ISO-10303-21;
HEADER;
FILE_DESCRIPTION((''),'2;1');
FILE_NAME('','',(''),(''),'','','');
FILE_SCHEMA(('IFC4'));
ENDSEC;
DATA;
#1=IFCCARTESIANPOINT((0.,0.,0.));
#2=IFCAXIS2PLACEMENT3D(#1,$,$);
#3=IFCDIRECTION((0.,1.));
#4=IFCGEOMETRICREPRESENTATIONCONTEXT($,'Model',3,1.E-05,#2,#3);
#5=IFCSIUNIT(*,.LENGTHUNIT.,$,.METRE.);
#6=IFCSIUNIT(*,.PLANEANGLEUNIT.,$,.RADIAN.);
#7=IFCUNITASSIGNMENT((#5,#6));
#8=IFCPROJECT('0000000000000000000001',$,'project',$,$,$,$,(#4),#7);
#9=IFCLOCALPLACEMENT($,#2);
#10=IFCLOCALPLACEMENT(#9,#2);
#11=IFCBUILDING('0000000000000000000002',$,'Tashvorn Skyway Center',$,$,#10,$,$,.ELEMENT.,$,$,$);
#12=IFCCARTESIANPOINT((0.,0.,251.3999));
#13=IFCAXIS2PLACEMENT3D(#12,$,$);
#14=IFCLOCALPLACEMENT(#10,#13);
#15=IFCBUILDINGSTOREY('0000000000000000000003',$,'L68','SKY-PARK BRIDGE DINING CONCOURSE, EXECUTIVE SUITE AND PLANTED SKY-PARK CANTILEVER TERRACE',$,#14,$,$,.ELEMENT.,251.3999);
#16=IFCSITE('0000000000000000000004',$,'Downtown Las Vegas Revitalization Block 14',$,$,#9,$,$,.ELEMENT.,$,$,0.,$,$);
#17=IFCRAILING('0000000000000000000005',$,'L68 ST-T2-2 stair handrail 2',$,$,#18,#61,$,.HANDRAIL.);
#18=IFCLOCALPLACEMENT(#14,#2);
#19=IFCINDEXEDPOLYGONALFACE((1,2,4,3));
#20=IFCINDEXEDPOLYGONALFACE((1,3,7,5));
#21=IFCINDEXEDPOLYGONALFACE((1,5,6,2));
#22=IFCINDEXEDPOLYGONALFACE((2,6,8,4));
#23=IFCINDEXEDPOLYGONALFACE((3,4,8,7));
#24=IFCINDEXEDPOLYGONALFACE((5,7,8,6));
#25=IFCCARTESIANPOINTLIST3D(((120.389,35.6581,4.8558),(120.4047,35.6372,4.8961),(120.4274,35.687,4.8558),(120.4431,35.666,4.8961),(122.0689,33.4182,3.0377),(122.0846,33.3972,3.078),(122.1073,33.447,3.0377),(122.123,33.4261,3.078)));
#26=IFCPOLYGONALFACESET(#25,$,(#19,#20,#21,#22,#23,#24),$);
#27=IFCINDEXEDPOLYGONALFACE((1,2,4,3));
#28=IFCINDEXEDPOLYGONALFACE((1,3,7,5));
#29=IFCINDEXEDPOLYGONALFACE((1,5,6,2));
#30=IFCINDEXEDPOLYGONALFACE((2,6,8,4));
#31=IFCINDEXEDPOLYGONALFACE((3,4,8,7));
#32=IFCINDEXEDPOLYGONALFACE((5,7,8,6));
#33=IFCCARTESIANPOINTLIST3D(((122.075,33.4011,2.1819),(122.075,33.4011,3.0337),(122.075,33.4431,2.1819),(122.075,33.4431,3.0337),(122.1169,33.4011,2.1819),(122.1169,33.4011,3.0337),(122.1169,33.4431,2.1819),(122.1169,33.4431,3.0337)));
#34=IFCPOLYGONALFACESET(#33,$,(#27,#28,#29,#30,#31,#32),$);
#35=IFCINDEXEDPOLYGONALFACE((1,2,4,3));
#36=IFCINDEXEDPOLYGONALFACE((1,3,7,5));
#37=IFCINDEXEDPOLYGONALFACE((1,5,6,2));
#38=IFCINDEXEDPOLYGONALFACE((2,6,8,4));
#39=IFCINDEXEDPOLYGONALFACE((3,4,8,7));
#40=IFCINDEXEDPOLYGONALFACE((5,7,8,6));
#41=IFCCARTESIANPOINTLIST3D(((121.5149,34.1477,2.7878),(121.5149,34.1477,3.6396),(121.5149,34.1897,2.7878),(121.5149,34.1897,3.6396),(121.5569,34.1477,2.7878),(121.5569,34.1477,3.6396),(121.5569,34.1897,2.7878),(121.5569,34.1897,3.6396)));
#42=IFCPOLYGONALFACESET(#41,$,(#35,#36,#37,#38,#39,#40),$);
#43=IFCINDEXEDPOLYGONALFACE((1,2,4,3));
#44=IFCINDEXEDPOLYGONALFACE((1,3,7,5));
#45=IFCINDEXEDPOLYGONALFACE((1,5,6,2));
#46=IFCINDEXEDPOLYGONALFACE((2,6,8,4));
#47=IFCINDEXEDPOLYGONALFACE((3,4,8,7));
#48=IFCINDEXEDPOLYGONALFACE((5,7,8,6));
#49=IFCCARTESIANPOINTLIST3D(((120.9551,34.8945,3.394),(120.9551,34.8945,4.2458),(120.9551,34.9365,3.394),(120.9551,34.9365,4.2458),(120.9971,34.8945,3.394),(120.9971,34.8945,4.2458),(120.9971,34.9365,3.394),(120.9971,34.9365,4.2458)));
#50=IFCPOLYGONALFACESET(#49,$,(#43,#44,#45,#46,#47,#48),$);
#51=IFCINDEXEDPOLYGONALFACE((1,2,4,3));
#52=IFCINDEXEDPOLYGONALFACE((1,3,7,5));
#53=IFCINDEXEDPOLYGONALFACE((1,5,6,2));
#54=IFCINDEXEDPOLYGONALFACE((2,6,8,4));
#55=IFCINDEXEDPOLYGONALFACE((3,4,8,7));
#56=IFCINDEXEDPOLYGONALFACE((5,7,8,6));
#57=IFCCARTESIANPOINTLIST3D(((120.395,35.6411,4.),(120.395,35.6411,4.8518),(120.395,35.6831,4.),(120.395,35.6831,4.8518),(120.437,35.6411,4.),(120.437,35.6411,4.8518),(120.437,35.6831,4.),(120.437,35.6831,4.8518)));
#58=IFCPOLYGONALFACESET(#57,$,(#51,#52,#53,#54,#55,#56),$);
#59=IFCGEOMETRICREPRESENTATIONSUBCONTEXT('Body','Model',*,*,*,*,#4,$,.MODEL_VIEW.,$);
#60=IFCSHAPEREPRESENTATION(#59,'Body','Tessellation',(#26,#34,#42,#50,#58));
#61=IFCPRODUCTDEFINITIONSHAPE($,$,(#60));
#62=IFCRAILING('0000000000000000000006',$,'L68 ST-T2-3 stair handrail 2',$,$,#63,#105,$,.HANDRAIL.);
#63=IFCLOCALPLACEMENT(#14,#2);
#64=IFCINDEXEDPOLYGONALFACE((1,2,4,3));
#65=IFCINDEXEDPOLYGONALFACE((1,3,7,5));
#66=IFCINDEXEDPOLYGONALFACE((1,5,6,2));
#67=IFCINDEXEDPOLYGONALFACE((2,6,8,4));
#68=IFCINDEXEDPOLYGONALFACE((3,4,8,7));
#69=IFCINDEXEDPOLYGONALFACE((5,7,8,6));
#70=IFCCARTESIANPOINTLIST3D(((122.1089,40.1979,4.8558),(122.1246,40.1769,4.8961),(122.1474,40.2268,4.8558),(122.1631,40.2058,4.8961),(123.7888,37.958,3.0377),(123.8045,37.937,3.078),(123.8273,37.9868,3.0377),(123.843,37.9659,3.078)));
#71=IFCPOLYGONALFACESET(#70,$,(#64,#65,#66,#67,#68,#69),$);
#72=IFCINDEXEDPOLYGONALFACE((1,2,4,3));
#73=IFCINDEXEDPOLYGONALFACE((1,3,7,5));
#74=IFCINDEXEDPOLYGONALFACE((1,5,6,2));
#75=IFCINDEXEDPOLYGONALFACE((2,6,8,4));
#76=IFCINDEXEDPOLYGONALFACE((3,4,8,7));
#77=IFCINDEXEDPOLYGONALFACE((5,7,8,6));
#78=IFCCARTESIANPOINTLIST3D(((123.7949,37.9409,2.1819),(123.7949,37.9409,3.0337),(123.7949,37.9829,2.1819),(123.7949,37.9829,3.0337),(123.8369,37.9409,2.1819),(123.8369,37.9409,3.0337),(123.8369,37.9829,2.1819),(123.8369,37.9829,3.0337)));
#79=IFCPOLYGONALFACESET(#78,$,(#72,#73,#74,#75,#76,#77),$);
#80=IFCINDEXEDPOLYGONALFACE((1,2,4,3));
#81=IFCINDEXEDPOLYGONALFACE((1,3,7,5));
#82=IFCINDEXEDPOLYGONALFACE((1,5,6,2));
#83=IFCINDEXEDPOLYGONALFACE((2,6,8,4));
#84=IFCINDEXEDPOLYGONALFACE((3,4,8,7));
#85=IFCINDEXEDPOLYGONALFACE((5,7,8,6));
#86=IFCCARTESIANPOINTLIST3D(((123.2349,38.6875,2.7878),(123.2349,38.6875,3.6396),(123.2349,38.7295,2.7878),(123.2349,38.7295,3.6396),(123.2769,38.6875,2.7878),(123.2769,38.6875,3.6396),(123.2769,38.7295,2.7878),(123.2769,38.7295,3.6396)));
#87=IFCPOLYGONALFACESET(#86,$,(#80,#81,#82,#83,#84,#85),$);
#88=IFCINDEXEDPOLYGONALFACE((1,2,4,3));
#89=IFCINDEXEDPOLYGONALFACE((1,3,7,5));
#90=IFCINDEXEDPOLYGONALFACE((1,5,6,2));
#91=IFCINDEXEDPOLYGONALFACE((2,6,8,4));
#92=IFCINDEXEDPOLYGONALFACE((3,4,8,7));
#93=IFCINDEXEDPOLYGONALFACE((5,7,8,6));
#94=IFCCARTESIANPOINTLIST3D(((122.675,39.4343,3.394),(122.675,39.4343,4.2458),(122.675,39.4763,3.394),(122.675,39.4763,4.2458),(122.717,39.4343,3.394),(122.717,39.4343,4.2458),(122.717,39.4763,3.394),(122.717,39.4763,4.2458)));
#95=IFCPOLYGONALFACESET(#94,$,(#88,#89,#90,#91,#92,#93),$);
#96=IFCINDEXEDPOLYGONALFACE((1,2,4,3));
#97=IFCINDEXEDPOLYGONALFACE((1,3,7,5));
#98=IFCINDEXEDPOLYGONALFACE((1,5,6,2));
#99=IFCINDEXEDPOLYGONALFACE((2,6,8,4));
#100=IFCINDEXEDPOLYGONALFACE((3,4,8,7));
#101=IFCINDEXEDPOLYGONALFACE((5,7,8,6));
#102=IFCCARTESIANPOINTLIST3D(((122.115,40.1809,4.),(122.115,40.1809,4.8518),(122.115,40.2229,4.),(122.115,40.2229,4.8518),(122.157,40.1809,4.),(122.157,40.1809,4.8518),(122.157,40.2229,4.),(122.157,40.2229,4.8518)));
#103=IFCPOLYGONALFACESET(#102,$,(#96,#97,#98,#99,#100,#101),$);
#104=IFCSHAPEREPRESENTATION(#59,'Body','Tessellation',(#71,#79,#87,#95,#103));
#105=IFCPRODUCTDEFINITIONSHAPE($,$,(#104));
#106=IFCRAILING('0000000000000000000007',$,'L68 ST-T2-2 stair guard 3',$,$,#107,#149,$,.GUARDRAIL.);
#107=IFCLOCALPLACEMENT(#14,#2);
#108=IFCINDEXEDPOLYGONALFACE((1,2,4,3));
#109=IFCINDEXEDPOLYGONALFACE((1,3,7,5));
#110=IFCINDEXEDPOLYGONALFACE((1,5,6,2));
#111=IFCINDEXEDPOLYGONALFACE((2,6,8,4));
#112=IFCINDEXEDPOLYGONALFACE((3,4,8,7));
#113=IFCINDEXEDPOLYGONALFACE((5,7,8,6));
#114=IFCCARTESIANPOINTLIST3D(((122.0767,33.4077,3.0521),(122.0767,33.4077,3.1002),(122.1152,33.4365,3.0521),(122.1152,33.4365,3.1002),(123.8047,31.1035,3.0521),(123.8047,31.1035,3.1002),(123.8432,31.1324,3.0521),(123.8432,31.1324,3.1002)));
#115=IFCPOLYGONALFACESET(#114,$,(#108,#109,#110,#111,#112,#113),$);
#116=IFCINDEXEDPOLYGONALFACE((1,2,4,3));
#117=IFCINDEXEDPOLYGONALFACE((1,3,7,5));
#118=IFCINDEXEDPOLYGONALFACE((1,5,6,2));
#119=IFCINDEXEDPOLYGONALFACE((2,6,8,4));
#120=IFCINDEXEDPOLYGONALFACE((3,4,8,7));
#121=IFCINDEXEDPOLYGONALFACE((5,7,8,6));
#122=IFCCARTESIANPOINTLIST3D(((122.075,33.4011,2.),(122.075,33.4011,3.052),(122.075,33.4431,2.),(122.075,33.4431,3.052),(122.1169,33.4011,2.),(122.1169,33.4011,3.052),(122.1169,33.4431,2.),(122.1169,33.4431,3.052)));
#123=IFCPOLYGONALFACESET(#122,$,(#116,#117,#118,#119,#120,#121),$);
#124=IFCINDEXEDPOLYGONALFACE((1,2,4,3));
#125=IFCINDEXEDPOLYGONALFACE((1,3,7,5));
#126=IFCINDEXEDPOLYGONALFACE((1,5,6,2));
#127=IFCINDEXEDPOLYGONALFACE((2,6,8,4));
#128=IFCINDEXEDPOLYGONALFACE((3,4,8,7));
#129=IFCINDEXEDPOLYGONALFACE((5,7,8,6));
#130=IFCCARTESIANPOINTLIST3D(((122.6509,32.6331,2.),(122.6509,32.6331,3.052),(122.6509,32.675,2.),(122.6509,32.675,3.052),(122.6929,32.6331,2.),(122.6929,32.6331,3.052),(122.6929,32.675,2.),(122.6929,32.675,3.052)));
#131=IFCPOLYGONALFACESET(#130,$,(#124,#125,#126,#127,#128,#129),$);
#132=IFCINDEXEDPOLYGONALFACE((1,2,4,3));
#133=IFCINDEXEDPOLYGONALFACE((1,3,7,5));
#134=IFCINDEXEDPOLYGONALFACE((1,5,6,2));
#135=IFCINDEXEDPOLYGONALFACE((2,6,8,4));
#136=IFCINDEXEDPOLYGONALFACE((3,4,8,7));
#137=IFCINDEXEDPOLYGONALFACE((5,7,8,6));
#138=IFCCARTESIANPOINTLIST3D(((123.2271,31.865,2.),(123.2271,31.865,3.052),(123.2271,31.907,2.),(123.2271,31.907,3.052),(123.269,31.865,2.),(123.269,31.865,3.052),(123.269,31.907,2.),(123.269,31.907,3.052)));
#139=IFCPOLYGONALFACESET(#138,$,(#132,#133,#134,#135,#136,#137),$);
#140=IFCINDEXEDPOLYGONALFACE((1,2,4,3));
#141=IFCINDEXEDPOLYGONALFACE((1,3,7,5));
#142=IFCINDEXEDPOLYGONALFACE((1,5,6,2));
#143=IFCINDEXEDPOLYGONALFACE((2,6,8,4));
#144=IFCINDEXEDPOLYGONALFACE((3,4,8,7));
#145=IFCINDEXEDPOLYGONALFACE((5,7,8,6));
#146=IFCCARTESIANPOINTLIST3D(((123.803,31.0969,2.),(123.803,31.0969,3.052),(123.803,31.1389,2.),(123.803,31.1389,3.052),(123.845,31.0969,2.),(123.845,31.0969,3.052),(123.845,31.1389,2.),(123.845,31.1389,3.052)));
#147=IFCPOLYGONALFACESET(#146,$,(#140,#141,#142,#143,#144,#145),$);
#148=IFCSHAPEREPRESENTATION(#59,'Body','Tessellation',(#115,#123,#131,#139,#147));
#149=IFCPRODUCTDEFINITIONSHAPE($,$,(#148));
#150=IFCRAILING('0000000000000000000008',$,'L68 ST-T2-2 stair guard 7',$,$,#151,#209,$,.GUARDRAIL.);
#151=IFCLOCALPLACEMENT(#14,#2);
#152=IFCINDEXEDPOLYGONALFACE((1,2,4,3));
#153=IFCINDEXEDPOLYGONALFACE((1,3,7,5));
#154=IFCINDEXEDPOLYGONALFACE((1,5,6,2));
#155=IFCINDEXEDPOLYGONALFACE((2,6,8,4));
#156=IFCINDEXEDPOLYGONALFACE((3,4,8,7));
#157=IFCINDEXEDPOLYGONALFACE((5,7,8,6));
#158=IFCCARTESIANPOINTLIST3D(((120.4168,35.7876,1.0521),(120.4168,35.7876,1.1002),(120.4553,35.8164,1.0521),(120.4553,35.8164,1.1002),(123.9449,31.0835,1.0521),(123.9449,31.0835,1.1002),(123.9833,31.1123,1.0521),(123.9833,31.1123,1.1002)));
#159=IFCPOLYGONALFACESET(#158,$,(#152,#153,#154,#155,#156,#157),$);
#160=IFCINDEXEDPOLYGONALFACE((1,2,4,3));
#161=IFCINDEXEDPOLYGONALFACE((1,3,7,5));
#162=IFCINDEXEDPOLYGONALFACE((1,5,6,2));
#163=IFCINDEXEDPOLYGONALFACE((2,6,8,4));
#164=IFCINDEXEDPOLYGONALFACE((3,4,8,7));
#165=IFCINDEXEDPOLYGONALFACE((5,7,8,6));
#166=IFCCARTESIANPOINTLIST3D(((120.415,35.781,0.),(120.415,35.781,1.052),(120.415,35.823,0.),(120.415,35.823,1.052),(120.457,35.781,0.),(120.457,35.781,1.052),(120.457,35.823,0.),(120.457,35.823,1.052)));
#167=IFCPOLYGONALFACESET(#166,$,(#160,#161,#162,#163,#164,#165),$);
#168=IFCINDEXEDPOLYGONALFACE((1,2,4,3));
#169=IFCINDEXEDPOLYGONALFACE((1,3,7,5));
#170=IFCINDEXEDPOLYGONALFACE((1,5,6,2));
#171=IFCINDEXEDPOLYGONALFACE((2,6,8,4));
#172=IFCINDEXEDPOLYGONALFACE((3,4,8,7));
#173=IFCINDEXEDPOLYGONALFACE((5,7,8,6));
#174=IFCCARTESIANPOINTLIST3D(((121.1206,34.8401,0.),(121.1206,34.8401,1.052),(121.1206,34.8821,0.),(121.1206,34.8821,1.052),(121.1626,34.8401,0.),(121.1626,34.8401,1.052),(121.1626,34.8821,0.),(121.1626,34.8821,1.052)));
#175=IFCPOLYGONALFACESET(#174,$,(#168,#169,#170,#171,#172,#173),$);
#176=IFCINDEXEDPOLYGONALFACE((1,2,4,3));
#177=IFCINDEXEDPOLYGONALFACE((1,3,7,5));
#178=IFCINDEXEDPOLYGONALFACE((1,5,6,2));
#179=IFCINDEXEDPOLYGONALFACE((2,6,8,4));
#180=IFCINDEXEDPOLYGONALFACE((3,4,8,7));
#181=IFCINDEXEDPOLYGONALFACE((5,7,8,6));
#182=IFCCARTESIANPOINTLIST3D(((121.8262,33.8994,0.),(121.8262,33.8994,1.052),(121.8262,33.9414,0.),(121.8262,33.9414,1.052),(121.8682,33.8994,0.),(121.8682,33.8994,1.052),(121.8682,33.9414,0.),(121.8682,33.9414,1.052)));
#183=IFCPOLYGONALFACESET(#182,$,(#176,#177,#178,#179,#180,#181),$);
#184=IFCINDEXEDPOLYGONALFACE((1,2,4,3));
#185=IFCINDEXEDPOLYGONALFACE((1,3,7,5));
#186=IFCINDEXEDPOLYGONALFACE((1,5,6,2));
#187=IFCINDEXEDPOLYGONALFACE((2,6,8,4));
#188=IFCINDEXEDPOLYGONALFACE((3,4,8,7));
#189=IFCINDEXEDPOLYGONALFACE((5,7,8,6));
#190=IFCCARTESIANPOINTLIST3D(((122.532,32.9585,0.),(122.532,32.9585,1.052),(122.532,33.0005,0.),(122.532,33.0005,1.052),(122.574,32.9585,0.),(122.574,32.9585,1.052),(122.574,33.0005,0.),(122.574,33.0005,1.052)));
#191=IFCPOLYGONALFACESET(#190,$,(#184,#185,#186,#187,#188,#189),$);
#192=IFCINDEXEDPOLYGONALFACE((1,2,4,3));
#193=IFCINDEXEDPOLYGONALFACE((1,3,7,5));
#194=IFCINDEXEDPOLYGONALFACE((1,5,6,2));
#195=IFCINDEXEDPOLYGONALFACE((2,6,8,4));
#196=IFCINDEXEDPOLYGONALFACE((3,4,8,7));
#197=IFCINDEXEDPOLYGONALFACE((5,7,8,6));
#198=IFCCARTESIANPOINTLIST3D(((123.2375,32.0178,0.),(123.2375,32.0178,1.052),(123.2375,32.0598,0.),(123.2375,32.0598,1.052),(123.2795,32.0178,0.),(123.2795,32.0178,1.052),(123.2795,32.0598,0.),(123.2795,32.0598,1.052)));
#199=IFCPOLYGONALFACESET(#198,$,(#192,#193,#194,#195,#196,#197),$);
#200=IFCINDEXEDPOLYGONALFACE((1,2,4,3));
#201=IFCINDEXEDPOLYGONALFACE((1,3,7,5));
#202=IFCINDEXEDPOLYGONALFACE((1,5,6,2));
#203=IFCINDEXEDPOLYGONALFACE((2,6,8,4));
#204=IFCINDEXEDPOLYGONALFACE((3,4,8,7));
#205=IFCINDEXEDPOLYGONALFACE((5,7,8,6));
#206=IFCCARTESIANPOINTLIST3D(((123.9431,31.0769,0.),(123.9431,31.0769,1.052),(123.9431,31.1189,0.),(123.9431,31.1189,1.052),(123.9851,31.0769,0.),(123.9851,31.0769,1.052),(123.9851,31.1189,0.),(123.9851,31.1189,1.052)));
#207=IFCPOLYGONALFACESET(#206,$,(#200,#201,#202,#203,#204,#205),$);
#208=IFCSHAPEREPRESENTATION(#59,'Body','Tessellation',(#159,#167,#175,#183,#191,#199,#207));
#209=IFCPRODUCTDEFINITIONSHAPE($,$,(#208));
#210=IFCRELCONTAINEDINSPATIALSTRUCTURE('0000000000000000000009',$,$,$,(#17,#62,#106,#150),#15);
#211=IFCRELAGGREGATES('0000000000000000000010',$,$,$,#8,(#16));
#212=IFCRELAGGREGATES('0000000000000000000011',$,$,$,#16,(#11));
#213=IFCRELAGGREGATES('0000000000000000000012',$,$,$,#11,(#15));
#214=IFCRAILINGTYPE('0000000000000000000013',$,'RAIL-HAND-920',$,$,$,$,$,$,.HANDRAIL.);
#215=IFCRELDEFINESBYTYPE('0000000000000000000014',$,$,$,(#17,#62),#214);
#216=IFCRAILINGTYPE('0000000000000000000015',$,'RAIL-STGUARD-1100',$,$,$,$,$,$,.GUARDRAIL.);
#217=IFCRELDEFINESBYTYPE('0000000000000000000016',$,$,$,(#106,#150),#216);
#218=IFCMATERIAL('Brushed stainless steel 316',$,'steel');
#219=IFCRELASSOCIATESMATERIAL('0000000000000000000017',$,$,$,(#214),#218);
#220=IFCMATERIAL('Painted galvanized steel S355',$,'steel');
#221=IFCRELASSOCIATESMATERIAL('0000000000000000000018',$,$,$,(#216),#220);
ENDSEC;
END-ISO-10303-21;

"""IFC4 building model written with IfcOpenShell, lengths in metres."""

from ifc_helpers import new_model, si_unit, direction, frame, origin, origin_2d, place, context, subcontext, project, spatial, rectangle, extrude, material, type_object, element, save


model = new_model("IFC4")

# Units and contexts
model_context = context("Model", 3, precision=1e-05, world=origin(), true_north=direction((0.0, 1.0)))
body_context = subcontext(model_context, "Body", "Model", "MODEL_VIEW")
ifc_project = project(units=[si_unit("LENGTHUNIT", "METRE"), si_unit("PLANEANGLEUNIT", "RADIAN")], contexts=[model_context])

# Site, building, storey
site_placement = place(None, origin())
site = spatial("IfcSite", under=ifc_project, at=site_placement, Name="Downtown Las Vegas Revitalization Block 14", CompositionType="ELEMENT", RefElevation=0.0)
building_placement = place(site_placement, origin())
building = spatial("IfcBuilding", under=site, at=building_placement, Name="Tashvorn Skyway Center", CompositionType="ELEMENT")
storey_placement = place(building_placement, frame((0.0, 0.0, 251.3999)))
storey = spatial("IfcBuildingStorey", under=building, at=storey_placement, Name="L68", Description="SKY-PARK BRIDGE DINING CONCOURSE, EXECUTIVE SUITE AND PLANTED SKY-PARK CANTILEVER TERRACE", CompositionType="ELEMENT", Elevation=251.3999)

# Railings
ifc_material_1 = material(Name="Brushed stainless steel 316", Category="steel")
railing_type_1 = type_object("IfcRailingType", Name="RAIL-HAND-920", PredefinedType="HANDRAIL", material=ifc_material_1)
for number, where, name in (
    (1, (122.0959, 33.4221, 2.1819), "L68 ST-T2-2 stair handrail 2"),
    (2, (123.8159, 37.9619, 2.1819), "L68 ST-T2-3 stair handrail 2"),
):
    element("IfcRailing", number, at=place(storey_placement, frame(where)), inside=storey, type_object=railing_type_1, Name=name, PredefinedType="HANDRAIL", context=body_context, shape_type="SweptSolid", body=[
        extrude(rectangle(XDim=0.0481, YDim=0.0481, at=origin_2d()), frame((0.0, 0.0, 0.876), z_axis=(-0.503207, 0.670966, 0.544598), x_axis=(-0.80001, -0.599986, 0.0)), (0.0, 0.0, 1.0), 3.3384),
        extrude(rectangle(XDim=0.042, YDim=0.042, at=origin_2d()), origin(), (0.0, 0.0, 1.0), 0.8518),
        extrude(rectangle(XDim=0.042, YDim=0.042, at=origin_2d()), frame((-0.5601, 0.7466, 0.606)), (0.0, 0.0, 1.0), 0.8518),
        extrude(rectangle(XDim=0.042, YDim=0.042, at=origin_2d()), frame((-1.1199, 1.4934, 1.2122)), (0.0, 0.0, 1.0), 0.8518),
        extrude(rectangle(XDim=0.042, YDim=0.042, at=origin_2d()), frame((-1.6799, 2.24, 1.8181)), (0.0, 0.0, 1.0), 0.8518),
    ])
ifc_material_2 = material(Name="Painted galvanized steel S355", Category="steel")
railing_type_2 = type_object("IfcRailingType", Name="RAIL-STGUARD-1100", PredefinedType="GUARDRAIL", material=ifc_material_2)
railing_1_placement = place(storey_placement, frame((122.0959, 33.4221, 2.0)))
element("IfcRailing", 3, at=railing_1_placement, inside=storey, type_object=railing_type_2, Name="L68 ST-T2-2 stair guard 3", PredefinedType="GUARDRAIL", context=body_context, shape_type="SweptSolid", body=[
    extrude(rectangle(XDim=0.0481, YDim=0.0481, at=origin_2d()), frame((0.0, 0.0, 1.0762), z_axis=(0.599973, -0.80002, 0.0), x_axis=(0.80002, 0.599973, 0.0)), (0.0, 0.0, 1.0), 2.8801),
    extrude(rectangle(XDim=0.042, YDim=0.042, at=origin_2d()), origin(), (0.0, 0.0, 1.0), 1.052),
    extrude(rectangle(XDim=0.042, YDim=0.042, at=origin_2d()), frame((0.5759, -0.7681, 0.0)), (0.0, 0.0, 1.0), 1.052),
    extrude(rectangle(XDim=0.042, YDim=0.042, at=origin_2d()), frame((1.1521, -1.5361, 0.0)), (0.0, 0.0, 1.0), 1.052),
    extrude(rectangle(XDim=0.042, YDim=0.042, at=origin_2d()), frame((1.728, -2.3042, 0.0)), (0.0, 0.0, 1.0), 1.052),
])
railing_2_placement = place(storey_placement, frame((120.436, 35.802, 0.0)))
element("IfcRailing", 4, at=railing_2_placement, inside=storey, type_object=railing_type_2, Name="L68 ST-T2-2 stair guard 7", PredefinedType="GUARDRAIL", context=body_context, shape_type="SweptSolid", body=[
    extrude(rectangle(XDim=0.0481, YDim=0.0481, at=origin_2d()), frame((0.0, 0.0, 1.0762), z_axis=(0.6, -0.8, 0.0), x_axis=(0.8, 0.6, 0.0)), (0.0, 0.0, 1.0), 5.8801),
    extrude(rectangle(XDim=0.042, YDim=0.042, at=origin_2d()), origin(), (0.0, 0.0, 1.0), 1.052),
    extrude(rectangle(XDim=0.042, YDim=0.042, at=origin_2d()), frame((0.7056, -0.9409, 0.0)), (0.0, 0.0, 1.0), 1.052),
    extrude(rectangle(XDim=0.042, YDim=0.042, at=origin_2d()), frame((1.4111, -1.8816, 0.0)), (0.0, 0.0, 1.0), 1.052),
    extrude(rectangle(XDim=0.042, YDim=0.042, at=origin_2d()), frame((2.1169, -2.8225, 0.0)), (0.0, 0.0, 1.0), 1.052),
    extrude(rectangle(XDim=0.042, YDim=0.042, at=origin_2d()), frame((2.8225, -3.7632, 0.0)), (0.0, 0.0, 1.0), 1.052),
    extrude(rectangle(XDim=0.042, YDim=0.042, at=origin_2d()), frame((3.5281, -4.7041, 0.0)), (0.0, 0.0, 1.0), 1.052),
])

save(model, "model.ifc")
